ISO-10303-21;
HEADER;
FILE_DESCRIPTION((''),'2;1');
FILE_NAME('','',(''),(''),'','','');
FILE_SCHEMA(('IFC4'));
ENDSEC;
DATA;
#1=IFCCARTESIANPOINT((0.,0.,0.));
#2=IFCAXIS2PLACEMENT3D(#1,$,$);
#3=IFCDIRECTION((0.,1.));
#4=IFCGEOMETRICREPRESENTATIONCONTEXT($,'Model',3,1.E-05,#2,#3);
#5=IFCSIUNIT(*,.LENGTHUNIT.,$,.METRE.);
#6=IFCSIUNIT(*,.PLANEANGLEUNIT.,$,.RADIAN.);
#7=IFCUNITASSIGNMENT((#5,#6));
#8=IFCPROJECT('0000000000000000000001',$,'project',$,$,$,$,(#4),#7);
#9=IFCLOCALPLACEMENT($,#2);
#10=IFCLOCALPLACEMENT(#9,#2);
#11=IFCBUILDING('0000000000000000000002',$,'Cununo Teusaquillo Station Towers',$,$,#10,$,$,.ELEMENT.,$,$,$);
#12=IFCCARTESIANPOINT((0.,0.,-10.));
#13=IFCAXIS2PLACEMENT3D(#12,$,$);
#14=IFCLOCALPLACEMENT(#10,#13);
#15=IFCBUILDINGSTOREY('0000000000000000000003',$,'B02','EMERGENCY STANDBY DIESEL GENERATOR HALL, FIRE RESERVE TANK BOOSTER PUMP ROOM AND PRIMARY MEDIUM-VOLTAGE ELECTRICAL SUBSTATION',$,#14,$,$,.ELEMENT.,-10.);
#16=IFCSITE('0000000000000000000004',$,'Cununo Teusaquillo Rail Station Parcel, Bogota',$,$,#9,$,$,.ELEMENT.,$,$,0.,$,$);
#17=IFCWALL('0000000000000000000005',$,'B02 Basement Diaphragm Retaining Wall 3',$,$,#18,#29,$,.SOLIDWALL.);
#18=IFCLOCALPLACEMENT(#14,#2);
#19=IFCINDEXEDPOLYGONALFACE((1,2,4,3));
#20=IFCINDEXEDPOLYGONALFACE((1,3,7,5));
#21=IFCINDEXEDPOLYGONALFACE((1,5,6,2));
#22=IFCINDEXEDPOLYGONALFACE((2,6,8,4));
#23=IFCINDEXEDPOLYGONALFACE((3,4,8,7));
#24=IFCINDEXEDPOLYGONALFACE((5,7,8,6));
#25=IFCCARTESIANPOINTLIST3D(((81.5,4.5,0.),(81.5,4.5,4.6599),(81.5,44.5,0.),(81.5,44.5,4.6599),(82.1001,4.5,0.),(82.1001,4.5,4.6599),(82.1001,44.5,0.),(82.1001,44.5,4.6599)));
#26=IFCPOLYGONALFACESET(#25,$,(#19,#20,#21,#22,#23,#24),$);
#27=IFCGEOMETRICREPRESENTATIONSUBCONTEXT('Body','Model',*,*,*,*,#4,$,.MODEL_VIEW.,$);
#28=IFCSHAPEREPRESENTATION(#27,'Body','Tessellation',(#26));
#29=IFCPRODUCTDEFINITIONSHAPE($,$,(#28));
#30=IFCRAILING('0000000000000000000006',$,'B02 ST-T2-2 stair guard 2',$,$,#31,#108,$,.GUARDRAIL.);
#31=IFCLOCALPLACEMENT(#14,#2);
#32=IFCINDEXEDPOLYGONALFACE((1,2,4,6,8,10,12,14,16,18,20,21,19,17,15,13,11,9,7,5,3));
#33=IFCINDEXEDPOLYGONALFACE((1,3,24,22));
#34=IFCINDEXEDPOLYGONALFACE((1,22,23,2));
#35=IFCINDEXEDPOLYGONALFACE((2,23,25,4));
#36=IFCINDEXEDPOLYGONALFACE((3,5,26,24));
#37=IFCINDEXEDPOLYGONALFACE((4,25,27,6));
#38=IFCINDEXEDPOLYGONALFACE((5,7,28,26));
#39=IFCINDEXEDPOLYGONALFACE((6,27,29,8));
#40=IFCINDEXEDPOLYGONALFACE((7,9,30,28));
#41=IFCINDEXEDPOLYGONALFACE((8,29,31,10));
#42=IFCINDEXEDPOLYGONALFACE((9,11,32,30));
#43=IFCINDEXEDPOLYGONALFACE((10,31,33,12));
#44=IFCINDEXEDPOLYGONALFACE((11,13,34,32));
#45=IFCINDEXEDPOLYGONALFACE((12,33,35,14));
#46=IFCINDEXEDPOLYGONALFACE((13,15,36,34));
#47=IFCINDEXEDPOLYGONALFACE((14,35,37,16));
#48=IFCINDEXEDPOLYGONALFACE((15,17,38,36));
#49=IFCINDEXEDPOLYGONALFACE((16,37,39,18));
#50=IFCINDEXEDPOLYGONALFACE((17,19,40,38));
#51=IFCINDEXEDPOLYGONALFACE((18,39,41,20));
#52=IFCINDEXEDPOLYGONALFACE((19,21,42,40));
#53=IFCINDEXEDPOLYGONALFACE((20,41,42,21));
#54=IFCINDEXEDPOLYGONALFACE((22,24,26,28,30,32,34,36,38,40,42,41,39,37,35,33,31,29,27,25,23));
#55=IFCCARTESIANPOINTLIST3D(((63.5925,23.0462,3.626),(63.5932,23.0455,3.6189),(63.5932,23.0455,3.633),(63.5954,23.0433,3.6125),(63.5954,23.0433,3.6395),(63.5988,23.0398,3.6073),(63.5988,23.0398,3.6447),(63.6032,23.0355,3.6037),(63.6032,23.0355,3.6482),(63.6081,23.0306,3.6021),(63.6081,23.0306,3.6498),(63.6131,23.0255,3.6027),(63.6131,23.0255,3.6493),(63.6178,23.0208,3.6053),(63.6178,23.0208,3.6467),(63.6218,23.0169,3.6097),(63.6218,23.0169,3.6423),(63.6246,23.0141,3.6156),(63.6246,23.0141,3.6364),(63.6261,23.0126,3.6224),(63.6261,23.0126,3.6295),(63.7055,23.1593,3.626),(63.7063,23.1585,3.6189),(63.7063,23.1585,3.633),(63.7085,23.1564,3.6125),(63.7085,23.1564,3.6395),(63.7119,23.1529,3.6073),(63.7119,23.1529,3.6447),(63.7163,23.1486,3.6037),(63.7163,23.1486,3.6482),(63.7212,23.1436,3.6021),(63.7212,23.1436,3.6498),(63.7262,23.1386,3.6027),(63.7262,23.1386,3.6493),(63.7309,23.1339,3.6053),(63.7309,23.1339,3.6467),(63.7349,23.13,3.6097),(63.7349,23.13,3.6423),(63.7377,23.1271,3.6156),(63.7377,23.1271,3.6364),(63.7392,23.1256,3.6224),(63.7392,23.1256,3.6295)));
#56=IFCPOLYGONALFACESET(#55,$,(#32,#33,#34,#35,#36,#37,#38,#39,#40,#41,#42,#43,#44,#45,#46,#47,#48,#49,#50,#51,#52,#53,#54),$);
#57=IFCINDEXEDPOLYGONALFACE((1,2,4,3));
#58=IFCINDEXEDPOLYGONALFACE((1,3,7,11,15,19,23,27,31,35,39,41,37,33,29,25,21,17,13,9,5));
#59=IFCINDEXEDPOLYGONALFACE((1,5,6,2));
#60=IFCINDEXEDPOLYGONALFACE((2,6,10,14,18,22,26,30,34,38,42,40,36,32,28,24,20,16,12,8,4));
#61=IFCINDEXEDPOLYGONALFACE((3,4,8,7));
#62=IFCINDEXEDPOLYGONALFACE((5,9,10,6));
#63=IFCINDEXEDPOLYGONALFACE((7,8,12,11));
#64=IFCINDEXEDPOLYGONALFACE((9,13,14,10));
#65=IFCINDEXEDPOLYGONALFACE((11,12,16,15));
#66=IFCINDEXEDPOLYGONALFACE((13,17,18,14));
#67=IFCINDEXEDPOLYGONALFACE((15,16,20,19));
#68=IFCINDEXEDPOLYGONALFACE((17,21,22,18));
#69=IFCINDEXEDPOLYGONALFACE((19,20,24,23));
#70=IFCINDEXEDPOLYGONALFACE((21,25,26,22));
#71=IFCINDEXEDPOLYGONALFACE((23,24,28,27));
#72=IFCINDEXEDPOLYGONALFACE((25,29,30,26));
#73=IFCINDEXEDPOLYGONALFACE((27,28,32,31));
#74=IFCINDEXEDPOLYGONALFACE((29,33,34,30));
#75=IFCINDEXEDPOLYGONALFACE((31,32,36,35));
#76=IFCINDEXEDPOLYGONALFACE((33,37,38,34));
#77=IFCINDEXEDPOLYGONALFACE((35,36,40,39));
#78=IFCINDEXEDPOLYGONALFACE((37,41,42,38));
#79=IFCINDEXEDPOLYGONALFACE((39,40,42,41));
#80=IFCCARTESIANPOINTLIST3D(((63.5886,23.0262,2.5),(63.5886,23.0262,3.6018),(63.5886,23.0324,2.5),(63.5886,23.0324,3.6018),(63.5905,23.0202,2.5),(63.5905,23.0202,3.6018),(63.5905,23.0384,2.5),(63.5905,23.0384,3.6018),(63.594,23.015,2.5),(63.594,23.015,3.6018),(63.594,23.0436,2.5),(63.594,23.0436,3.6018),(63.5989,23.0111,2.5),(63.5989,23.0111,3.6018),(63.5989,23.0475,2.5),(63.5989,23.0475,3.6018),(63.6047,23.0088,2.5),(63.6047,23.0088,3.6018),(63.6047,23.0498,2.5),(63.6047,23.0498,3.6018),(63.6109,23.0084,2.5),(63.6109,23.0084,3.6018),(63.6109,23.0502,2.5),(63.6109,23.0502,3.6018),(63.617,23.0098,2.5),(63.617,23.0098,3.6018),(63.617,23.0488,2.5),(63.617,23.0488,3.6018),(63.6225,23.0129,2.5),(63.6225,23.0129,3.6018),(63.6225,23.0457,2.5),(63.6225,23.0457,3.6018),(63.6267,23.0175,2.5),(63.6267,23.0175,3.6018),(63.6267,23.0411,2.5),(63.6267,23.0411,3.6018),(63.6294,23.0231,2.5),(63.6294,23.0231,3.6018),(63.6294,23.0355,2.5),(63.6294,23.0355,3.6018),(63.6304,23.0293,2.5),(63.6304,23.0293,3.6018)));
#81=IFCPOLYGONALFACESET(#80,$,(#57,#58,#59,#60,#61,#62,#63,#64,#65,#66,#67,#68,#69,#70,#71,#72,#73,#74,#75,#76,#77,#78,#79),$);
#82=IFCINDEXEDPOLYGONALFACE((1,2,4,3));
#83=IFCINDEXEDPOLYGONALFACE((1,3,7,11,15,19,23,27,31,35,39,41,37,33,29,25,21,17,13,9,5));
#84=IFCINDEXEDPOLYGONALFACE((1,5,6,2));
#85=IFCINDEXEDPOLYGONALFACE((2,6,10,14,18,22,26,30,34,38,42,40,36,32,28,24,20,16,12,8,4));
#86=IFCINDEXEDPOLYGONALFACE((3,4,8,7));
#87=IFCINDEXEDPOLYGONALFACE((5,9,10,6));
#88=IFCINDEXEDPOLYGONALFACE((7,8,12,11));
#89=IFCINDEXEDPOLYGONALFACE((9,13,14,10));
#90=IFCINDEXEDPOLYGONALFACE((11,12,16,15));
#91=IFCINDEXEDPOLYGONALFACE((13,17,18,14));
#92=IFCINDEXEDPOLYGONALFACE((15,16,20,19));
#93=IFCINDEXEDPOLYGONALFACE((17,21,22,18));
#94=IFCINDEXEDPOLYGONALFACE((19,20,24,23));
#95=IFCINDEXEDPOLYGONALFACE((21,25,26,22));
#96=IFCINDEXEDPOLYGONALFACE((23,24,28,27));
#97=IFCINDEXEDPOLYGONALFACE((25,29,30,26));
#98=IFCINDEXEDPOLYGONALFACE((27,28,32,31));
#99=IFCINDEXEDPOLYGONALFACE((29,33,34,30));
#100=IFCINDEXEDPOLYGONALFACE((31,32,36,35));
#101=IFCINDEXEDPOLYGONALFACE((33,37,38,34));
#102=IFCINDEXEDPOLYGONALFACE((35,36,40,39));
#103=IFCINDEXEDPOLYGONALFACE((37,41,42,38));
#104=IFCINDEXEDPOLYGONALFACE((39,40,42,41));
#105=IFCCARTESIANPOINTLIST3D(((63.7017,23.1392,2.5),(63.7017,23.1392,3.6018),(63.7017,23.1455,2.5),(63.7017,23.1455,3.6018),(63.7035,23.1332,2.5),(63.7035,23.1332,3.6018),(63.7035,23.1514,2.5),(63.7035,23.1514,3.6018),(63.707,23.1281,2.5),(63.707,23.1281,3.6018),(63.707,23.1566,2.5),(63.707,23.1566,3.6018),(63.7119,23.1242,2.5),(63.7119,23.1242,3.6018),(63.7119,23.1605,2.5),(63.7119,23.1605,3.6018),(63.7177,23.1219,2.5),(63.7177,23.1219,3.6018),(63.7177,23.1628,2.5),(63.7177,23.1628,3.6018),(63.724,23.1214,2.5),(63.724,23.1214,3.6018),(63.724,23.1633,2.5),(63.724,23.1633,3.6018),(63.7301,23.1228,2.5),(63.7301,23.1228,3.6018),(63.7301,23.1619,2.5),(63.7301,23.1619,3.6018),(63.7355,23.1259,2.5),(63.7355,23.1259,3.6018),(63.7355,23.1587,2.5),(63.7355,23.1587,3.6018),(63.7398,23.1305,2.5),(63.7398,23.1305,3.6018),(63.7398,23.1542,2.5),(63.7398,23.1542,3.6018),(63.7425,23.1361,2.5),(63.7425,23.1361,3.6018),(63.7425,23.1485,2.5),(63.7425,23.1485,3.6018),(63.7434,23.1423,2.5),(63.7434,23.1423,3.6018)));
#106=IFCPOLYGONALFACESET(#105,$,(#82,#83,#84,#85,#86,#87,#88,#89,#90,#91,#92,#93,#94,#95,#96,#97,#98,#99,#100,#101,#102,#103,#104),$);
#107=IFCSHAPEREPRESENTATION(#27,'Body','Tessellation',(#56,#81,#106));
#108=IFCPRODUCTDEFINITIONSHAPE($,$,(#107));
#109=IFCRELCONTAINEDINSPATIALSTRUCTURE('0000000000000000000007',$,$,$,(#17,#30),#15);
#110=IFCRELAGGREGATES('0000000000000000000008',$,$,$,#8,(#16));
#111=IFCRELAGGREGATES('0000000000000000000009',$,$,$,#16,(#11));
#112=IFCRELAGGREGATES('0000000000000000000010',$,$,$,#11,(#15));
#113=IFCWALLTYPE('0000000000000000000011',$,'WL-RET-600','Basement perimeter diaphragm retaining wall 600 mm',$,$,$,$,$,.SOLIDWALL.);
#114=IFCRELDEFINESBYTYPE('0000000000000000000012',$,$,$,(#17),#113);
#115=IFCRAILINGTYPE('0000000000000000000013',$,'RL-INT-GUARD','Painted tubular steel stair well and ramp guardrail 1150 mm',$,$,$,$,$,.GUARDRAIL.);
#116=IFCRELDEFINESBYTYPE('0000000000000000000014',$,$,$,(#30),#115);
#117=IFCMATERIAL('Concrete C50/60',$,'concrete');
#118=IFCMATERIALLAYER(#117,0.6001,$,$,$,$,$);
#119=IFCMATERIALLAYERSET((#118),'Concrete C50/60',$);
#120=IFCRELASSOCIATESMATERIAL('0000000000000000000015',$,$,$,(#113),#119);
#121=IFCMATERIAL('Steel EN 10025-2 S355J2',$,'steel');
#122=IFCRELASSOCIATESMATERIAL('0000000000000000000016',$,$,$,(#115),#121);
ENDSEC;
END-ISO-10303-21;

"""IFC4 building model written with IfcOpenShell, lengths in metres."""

from ifc_helpers import new_model, si_unit, direction, frame, frame_2d, origin, origin_2d, place, context, subcontext, project, spatial, rectangle, circle, extrude, material, layer, layer_set, type_object, element, save


model = new_model("IFC4")

# Units and contexts
model_context = context("Model", 3, precision=1e-05, world=origin(), true_north=direction((0.0, 1.0)))
body_context = subcontext(model_context, "Body", "Model", "MODEL_VIEW")
ifc_project = project(units=[si_unit("LENGTHUNIT", "METRE"), si_unit("PLANEANGLEUNIT", "RADIAN")], contexts=[model_context])

# Site, building, storey
site_placement = place(None, origin())
site = spatial("IfcSite", under=ifc_project, at=site_placement, Name="Cununo Teusaquillo Rail Station Parcel, Bogota", CompositionType="ELEMENT", RefElevation=0.0)
building_placement = place(site_placement, origin())
building = spatial("IfcBuilding", under=site, at=building_placement, Name="Cununo Teusaquillo Station Towers", CompositionType="ELEMENT")
storey_placement = place(building_placement, frame((0.0, 0.0, -10.0)))
storey = spatial("IfcBuildingStorey", under=building, at=storey_placement, Name="B02", Description="EMERGENCY STANDBY DIESEL GENERATOR HALL, FIRE RESERVE TANK BOOSTER PUMP ROOM AND PRIMARY MEDIUM-VOLTAGE ELECTRICAL SUBSTATION", CompositionType="ELEMENT", Elevation=-10.0)

# Wall
ifc_material_1 = material(Name="Concrete C50/60", Category="concrete")
ifc_layer_1 = layer(ifc_material_1, 0.6001)
ifc_layer_set_1 = layer_set([ifc_layer_1], Name="Concrete C50/60")
wall_type_1 = type_object("IfcWallType", Name="WL-RET-600", Description="Basement perimeter diaphragm retaining wall 600 mm", PredefinedType="SOLIDWALL", material=ifc_layer_set_1)
wall_1_placement = place(storey_placement, frame((81.8, 4.5, 0.0), z_axis=(0.0, 0.0, 1.0), x_axis=(0.0, 1.0, 0.0)))
element("IfcWall", 1, at=wall_1_placement, inside=storey, type_object=wall_type_1, Name="B02 Basement Diaphragm Retaining Wall 3", PredefinedType="SOLIDWALL", context=body_context, shape_type="SweptSolid", body=[
    extrude(rectangle(XDim=40.0, YDim=0.6001, at=frame_2d((20.0, 0.0))), origin(), (0.0, 0.0, 1.0), 4.6599),
])

# Railing
ifc_material_2 = material(Name="Steel EN 10025-2 S355J2", Category="steel")
railing_type = type_object("IfcRailingType", Name="RL-INT-GUARD", Description="Painted tubular steel stair well and ramp guardrail 1150 mm", PredefinedType="GUARDRAIL", material=ifc_material_2)
railing_1_placement = place(storey_placement, frame((63.6094, 23.0293, 2.5)))
element("IfcRailing", 2, at=railing_1_placement, inside=storey, type_object=railing_type, Name="B02 ST-T2-2 stair guard 2", PredefinedType="GUARDRAIL", context=body_context, shape_type="SweptSolid", body=[
    extrude(circle(Radius=0.0239, at=origin_2d()), frame((0.0, 0.0, 1.126), z_axis=(0.707107, 0.707107, 0.0), x_axis=(-0.707107, 0.707107, 0.0)), (0.0, 0.0, 1.0), 0.1599),
    extrude(circle(Radius=0.021, at=origin_2d()), origin(), (0.0, 0.0, 1.0), 1.1018),
    extrude(circle(Radius=0.021, at=origin_2d()), frame((0.113, 0.113, 0.0)), (0.0, 0.0, 1.0), 1.1018),
])

save(model, "model.ifc")
